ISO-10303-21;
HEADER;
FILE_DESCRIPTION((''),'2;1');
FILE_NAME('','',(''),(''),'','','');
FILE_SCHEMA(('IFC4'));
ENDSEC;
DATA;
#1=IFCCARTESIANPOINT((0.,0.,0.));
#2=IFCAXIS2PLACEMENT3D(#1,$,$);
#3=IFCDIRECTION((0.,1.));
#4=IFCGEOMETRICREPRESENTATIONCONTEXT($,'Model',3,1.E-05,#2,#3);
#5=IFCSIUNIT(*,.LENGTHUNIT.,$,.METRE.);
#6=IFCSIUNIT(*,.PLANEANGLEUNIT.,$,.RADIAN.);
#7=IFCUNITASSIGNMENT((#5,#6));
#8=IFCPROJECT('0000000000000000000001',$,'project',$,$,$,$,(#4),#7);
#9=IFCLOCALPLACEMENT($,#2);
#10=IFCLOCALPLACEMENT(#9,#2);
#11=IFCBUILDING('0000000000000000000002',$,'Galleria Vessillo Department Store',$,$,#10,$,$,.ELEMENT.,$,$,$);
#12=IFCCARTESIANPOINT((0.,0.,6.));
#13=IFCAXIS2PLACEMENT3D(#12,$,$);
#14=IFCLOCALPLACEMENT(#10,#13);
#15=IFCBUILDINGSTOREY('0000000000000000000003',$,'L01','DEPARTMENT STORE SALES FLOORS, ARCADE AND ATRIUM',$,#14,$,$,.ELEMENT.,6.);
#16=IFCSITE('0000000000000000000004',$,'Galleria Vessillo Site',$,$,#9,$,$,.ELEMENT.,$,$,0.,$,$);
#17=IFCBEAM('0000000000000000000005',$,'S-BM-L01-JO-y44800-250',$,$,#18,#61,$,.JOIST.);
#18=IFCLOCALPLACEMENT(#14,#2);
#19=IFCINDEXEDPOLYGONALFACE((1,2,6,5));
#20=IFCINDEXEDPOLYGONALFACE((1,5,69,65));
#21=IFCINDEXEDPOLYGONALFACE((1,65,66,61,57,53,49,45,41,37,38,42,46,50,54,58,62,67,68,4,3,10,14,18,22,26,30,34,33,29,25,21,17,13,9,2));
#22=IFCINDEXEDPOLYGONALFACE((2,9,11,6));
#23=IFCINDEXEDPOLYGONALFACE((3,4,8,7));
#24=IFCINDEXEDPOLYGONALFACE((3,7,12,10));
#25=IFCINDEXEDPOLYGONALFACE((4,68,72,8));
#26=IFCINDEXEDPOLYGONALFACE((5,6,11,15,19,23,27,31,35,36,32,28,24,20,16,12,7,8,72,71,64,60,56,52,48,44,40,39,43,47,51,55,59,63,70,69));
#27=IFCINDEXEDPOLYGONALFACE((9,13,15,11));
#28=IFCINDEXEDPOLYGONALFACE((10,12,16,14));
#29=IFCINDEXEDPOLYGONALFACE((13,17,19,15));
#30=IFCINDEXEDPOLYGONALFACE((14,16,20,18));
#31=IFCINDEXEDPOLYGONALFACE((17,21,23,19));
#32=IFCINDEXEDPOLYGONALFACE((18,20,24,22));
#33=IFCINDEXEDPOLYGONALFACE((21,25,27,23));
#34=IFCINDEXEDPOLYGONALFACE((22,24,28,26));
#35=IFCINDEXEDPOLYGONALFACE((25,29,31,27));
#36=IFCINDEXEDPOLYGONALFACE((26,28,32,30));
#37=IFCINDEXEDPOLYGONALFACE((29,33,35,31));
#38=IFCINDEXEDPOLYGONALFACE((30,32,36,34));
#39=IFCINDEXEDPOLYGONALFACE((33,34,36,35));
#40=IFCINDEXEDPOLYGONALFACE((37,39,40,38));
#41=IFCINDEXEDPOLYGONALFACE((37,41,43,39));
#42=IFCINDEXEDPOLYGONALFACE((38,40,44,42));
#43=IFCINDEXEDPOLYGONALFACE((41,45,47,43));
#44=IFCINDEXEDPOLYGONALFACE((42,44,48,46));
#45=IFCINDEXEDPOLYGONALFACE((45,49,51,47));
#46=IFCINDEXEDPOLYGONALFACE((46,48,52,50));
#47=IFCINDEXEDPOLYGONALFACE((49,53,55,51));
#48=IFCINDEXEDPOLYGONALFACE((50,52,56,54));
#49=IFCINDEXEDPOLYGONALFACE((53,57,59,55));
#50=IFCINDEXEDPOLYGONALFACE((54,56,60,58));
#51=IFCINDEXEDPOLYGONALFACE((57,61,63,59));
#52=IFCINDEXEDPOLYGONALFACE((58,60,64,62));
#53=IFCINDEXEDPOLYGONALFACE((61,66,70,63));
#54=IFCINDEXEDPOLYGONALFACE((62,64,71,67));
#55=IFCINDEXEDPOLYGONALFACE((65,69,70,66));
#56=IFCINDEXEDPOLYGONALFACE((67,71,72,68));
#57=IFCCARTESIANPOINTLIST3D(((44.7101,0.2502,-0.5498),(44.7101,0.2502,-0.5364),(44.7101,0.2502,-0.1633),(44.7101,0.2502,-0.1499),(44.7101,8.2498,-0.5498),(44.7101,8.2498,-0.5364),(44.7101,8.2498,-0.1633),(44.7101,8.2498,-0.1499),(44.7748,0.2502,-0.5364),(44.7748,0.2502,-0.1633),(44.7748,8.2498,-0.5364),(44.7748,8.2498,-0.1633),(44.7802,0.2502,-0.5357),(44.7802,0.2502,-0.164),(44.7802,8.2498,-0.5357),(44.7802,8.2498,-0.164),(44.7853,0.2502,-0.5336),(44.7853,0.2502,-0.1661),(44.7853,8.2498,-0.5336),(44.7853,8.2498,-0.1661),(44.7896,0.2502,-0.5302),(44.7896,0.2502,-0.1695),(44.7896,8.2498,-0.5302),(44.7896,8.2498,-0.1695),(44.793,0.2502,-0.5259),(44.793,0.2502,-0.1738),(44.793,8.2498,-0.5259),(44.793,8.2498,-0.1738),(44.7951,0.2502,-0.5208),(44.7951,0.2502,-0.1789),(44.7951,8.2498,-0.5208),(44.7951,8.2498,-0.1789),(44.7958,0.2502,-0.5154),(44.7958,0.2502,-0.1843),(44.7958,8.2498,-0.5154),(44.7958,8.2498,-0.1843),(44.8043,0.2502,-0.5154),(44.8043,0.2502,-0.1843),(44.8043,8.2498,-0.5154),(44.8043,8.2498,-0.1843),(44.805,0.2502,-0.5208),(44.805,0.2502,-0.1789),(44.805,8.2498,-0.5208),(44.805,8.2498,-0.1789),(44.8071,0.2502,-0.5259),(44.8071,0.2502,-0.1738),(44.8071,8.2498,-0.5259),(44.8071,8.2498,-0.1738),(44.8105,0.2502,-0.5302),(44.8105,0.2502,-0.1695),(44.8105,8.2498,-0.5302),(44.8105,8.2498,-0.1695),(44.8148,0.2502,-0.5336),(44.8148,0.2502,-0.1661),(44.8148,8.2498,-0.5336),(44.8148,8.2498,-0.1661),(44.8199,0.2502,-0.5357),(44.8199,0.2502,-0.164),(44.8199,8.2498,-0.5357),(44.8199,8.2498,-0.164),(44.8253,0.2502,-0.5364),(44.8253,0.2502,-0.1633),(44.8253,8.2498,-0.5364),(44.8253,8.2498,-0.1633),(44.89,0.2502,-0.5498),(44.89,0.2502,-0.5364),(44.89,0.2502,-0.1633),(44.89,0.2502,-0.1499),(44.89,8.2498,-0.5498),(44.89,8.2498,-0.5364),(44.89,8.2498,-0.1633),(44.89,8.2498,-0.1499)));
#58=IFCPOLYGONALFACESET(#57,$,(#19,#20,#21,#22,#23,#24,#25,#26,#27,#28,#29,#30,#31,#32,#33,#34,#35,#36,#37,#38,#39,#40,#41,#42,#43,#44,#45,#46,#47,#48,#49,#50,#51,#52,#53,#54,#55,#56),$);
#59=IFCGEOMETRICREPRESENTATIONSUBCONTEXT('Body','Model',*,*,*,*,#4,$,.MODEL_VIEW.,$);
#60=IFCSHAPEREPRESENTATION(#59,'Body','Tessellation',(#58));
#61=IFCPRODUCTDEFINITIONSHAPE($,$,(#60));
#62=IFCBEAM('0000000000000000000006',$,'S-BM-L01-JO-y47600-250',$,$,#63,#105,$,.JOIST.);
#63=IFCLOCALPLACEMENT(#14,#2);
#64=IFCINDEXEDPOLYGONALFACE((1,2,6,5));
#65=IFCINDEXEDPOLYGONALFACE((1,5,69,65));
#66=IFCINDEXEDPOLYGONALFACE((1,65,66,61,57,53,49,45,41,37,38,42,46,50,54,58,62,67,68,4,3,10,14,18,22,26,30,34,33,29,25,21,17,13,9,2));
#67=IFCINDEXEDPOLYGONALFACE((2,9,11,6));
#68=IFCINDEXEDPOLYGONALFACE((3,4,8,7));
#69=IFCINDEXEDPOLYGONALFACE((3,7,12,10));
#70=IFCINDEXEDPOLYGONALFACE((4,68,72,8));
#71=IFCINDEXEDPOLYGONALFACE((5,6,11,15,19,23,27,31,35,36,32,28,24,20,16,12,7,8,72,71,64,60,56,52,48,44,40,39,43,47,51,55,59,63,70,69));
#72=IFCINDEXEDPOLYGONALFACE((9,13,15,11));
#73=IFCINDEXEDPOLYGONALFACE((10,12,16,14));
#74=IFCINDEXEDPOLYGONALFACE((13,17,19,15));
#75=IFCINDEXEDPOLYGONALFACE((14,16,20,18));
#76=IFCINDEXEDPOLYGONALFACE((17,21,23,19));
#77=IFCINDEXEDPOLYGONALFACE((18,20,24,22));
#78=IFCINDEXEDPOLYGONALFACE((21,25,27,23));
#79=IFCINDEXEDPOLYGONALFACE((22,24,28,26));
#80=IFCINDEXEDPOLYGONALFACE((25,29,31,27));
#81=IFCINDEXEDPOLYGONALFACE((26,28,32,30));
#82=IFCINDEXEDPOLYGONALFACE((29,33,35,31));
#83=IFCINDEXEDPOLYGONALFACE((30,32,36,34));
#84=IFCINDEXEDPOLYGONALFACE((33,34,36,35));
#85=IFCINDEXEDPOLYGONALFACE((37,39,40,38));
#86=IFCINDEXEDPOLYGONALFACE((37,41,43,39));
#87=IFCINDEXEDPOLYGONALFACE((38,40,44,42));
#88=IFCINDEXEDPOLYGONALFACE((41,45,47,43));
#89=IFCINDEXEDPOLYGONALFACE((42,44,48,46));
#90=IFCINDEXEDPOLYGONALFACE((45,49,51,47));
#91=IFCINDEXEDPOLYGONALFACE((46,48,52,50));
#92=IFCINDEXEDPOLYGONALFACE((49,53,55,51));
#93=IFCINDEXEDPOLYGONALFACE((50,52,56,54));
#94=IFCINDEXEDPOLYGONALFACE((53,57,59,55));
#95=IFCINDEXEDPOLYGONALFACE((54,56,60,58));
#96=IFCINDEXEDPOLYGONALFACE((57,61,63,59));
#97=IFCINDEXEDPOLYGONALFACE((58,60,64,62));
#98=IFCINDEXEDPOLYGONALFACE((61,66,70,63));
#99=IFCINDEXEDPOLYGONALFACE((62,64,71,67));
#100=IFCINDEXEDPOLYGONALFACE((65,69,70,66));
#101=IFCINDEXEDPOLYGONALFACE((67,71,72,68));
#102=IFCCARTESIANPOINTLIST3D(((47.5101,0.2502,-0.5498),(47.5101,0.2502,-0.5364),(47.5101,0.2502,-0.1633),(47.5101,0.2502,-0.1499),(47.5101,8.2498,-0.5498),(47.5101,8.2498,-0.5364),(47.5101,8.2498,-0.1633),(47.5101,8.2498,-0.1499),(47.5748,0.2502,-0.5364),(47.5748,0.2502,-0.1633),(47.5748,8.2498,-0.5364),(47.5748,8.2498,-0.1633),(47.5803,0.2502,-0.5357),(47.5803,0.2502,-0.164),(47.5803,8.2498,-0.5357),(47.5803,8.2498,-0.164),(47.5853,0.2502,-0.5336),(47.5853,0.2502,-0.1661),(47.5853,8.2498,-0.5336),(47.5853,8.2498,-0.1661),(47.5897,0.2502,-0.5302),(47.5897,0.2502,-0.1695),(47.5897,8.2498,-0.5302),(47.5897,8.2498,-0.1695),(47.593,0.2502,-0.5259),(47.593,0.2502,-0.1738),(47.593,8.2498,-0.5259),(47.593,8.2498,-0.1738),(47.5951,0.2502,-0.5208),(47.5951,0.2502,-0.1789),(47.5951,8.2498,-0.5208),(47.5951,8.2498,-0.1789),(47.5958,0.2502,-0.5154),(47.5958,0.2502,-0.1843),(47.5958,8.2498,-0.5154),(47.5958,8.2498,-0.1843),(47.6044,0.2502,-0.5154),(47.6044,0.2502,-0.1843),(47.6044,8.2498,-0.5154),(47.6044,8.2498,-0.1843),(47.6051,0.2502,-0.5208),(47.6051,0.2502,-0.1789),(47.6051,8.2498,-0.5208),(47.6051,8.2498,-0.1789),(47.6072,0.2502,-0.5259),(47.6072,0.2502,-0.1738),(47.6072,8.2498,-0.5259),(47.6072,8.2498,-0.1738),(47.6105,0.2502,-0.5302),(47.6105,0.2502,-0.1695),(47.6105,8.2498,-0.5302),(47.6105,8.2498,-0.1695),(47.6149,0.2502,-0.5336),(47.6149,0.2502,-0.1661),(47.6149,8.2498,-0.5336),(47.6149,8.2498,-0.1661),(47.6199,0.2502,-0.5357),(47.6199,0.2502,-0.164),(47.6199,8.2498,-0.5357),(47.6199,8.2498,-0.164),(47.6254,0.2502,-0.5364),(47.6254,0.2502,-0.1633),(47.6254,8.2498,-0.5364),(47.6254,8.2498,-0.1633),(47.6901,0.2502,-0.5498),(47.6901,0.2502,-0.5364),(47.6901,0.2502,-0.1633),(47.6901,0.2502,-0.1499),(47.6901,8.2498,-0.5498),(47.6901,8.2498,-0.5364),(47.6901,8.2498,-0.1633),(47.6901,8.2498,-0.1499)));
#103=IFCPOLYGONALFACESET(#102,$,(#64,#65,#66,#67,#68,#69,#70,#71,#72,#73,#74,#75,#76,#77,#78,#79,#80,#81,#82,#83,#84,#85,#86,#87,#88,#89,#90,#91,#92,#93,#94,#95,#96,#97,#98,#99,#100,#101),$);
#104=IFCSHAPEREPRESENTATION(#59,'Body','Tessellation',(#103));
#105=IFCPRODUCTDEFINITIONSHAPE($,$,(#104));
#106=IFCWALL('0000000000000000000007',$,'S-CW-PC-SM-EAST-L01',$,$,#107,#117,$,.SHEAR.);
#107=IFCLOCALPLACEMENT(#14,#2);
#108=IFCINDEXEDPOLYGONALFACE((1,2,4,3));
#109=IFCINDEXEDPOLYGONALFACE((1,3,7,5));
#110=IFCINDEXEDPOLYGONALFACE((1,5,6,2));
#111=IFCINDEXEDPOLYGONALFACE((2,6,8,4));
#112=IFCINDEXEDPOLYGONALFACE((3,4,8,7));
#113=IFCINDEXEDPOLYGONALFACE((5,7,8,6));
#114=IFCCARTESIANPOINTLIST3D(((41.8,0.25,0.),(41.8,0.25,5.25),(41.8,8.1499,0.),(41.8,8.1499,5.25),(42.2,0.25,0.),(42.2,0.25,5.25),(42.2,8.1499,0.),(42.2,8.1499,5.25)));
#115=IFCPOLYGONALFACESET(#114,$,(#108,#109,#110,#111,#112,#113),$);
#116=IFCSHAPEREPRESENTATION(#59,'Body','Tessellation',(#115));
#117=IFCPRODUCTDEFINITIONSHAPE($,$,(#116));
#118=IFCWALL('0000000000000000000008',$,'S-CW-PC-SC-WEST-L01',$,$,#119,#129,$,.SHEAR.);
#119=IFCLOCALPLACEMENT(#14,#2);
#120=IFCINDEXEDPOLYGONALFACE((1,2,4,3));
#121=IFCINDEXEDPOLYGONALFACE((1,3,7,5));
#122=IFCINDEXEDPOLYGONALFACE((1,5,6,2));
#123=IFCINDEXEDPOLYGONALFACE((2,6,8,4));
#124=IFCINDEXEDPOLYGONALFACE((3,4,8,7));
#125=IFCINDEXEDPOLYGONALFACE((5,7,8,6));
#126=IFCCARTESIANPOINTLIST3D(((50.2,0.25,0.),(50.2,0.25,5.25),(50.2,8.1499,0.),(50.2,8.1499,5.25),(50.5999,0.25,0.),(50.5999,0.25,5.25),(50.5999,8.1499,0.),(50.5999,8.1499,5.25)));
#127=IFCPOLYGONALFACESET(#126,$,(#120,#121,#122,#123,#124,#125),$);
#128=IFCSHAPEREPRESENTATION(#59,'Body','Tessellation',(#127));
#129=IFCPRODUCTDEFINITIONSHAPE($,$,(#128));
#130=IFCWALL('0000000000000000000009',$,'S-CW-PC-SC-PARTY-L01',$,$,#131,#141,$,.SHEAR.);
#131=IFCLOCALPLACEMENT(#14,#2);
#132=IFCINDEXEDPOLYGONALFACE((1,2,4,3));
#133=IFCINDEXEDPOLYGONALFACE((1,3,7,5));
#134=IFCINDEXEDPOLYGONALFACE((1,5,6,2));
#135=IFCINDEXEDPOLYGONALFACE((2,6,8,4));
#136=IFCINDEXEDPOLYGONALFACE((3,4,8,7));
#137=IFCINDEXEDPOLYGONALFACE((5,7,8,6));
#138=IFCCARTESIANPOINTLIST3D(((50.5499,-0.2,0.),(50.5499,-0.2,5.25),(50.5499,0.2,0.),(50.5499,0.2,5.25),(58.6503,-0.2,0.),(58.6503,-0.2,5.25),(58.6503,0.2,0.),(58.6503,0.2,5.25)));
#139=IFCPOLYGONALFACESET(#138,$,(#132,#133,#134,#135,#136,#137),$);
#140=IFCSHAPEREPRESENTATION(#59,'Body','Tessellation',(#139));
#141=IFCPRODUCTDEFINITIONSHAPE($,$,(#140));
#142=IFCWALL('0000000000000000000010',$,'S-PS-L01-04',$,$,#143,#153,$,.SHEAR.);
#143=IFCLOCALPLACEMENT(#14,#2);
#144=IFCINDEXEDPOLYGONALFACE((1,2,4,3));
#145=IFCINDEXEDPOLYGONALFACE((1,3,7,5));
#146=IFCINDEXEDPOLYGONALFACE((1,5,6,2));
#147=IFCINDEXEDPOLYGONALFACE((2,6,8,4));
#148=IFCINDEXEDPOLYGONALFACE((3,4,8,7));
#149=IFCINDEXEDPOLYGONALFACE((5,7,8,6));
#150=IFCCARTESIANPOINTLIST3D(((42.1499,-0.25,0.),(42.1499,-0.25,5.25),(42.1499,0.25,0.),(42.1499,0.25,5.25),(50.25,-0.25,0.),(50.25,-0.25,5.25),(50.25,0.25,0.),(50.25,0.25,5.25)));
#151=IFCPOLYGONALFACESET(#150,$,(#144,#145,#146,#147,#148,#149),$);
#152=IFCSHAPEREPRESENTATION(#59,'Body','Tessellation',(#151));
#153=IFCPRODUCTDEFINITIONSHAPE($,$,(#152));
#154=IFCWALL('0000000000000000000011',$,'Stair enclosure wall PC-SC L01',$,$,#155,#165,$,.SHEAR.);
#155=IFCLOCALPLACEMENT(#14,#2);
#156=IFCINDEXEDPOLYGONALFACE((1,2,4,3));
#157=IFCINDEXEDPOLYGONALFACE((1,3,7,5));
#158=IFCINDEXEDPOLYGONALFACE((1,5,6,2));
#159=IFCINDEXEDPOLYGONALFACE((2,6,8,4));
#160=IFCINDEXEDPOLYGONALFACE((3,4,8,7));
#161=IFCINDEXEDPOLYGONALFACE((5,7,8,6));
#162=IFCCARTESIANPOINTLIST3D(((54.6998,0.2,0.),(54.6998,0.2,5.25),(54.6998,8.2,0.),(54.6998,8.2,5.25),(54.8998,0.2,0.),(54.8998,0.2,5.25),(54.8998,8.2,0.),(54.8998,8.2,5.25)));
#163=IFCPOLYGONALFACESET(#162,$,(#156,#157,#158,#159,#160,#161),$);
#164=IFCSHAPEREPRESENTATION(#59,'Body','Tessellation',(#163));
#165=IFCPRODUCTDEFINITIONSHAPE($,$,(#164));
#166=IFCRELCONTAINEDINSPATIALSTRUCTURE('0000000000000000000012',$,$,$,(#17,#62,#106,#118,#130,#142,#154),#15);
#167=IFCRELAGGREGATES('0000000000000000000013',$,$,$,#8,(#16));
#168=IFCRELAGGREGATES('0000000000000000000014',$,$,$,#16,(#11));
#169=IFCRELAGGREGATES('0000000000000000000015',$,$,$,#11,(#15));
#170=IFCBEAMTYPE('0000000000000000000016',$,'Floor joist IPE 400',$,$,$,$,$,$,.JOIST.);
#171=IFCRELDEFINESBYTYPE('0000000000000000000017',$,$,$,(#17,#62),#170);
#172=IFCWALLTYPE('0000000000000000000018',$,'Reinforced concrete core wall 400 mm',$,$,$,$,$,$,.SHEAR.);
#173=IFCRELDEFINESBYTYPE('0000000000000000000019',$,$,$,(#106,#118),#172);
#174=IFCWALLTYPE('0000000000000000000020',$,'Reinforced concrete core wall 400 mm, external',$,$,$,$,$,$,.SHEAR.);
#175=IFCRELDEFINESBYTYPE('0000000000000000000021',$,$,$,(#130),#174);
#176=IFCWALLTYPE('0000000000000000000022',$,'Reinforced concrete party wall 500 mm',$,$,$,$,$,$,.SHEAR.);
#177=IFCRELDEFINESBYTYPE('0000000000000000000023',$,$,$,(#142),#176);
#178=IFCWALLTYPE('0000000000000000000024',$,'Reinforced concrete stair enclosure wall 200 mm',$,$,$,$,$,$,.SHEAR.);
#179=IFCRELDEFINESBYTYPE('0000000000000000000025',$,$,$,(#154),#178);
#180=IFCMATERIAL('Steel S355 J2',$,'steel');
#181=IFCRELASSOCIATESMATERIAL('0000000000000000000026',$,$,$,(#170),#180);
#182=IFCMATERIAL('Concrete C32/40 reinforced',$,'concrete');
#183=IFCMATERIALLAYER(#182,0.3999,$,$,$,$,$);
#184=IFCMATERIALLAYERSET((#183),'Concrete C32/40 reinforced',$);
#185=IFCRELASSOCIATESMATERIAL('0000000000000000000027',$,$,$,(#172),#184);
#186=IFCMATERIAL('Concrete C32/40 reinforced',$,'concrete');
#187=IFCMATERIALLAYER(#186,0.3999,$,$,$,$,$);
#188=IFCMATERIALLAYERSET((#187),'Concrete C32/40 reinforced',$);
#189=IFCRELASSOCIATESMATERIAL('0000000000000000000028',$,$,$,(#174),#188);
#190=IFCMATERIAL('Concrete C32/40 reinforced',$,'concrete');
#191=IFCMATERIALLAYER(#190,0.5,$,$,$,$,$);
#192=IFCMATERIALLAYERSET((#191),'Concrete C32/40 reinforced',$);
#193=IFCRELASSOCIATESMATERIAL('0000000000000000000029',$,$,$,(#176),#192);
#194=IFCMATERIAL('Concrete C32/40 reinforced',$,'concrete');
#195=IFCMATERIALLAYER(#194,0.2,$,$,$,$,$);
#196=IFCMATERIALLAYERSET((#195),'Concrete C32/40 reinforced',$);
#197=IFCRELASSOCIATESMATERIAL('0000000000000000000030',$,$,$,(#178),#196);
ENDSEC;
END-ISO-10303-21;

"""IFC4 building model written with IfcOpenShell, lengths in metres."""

from ifc_helpers import new_model, si_unit, direction, frame, frame_2d, origin, origin_2d, place, context, subcontext, project, spatial, rectangle, i_section, extrude, material, layer, layer_set, material_profile, profile_set, type_object, element, save


model = new_model("IFC4")

# Units and contexts
model_context = context("Model", 3, precision=1e-05, world=origin(), true_north=direction((0.0, 1.0)))
body_context = subcontext(model_context, "Body", "Model", "MODEL_VIEW")
ifc_project = project(units=[si_unit("LENGTHUNIT", "METRE"), si_unit("PLANEANGLEUNIT", "RADIAN")], contexts=[model_context])

# Site, building, storey
site_placement = place(None, origin())
site = spatial("IfcSite", under=ifc_project, at=site_placement, Name="Galleria Vessillo Site", CompositionType="ELEMENT", RefElevation=0.0)
building_placement = place(site_placement, origin())
building = spatial("IfcBuilding", under=site, at=building_placement, Name="Galleria Vessillo Department Store", CompositionType="ELEMENT")
storey_placement = place(building_placement, frame((0.0, 0.0, 6.0)))
storey = spatial("IfcBuildingStorey", under=building, at=storey_placement, Name="L01", Description="DEPARTMENT STORE SALES FLOORS, ARCADE AND ATRIUM", CompositionType="ELEMENT", Elevation=6.0)

# Beams
ifc_material_1 = material(Name="Steel S355 J2", Category="steel")
ifc_material_profile_1 = material_profile(ifc_material_1, i_section(OverallWidth=0.1799, OverallDepth=0.3999, WebThickness=0.0085, FlangeThickness=0.0134, FilletRadius=0.021, at=origin_2d()), Name="IPE 400")
ifc_profile_set_1 = profile_set([ifc_material_profile_1], Name="Steel S355 J2")
beam_type_1 = type_object("IfcBeamType", Name="Floor joist IPE 400", PredefinedType="JOIST", material=ifc_profile_set_1)
for number, where, z_axis, x_axis, name in (
    (1, (44.8, 0.2502, -0.3499), (0.0, 1.0, 0.0), (-1.0, 0.0, 0.0), "S-BM-L01-JO-y44800-250"),
    (2, (47.6001, 0.2502, -0.3499), (0.0, 1.0, 0.0), (-1.0, 0.0, 0.0), "S-BM-L01-JO-y47600-250"),
):
    element("IfcBeam", number, at=place(storey_placement, frame(where, z_axis=z_axis, x_axis=x_axis)), inside=storey, type_object=beam_type_1, Name=name, PredefinedType="JOIST", context=body_context, shape_type="SweptSolid", body=[
        extrude(i_section(OverallWidth=0.1799, OverallDepth=0.3999, WebThickness=0.0085, FlangeThickness=0.0134, FilletRadius=0.021, at=origin_2d()), origin(), (0.0, 0.0, 1.0), 7.9995),
    ])

# Walls
ifc_material_2 = material(Name="Concrete C32/40 reinforced", Category="concrete")
ifc_layer_1 = layer(ifc_material_2, 0.3999)
ifc_layer_set_1 = layer_set([ifc_layer_1], Name="Concrete C32/40 reinforced")
wall_type_1 = type_object("IfcWallType", Name="Reinforced concrete core wall 400 mm", PredefinedType="SHEAR", material=ifc_layer_set_1)
for number, where, z_axis, x_axis, name in (
    (3, (42.0, 0.25, 0.0), (0.0, 0.0, 1.0), (0.0, 1.0, 0.0), "S-CW-PC-SM-EAST-L01"),
    (4, (50.3999, 0.25, 0.0), (0.0, 0.0, 1.0), (0.0, 1.0, 0.0), "S-CW-PC-SC-WEST-L01"),
):
    element("IfcWall", number, at=place(storey_placement, frame(where, z_axis=z_axis, x_axis=x_axis)), inside=storey, type_object=wall_type_1, Name=name, PredefinedType="SHEAR", context=body_context, shape_type="SweptSolid", body=[
        extrude(rectangle(XDim=7.8999, YDim=0.3999, at=frame_2d((3.95, 0.0))), origin(), (0.0, 0.0, 1.0), 5.25),
    ])
ifc_material_3 = material(Name="Concrete C32/40 reinforced", Category="concrete")
ifc_layer_2 = layer(ifc_material_3, 0.3999)
ifc_layer_set_2 = layer_set([ifc_layer_2], Name="Concrete C32/40 reinforced")
wall_type_2 = type_object("IfcWallType", Name="Reinforced concrete core wall 400 mm, external", PredefinedType="SHEAR", material=ifc_layer_set_2)
wall_1_placement = place(storey_placement, frame((50.5498, 0.0, 0.0), z_axis=(0.0, 0.0, 1.0), x_axis=(1.0, 0.0, 0.0)))
element("IfcWall", 5, at=wall_1_placement, inside=storey, type_object=wall_type_2, Name="S-CW-PC-SC-PARTY-L01", PredefinedType="SHEAR", context=body_context, shape_type="SweptSolid", body=[
    extrude(rectangle(XDim=8.1003, YDim=0.3999, at=frame_2d((4.0503, 0.0))), origin(), (0.0, 0.0, 1.0), 5.25),
])
ifc_material_4 = material(Name="Concrete C32/40 reinforced", Category="concrete")
ifc_layer_3 = layer(ifc_material_4, 0.5)
ifc_layer_set_3 = layer_set([ifc_layer_3], Name="Concrete C32/40 reinforced")
wall_type_3 = type_object("IfcWallType", Name="Reinforced concrete party wall 500 mm", PredefinedType="SHEAR", material=ifc_layer_set_3)
wall_2_placement = place(storey_placement, frame((42.1499, 0.0, 0.0), z_axis=(0.0, 0.0, 1.0), x_axis=(1.0, 0.0, 0.0)))
element("IfcWall", 6, at=wall_2_placement, inside=storey, type_object=wall_type_3, Name="S-PS-L01-04", PredefinedType="SHEAR", context=body_context, shape_type="SweptSolid", body=[
    extrude(rectangle(XDim=8.1001, YDim=0.5, at=frame_2d((4.05, 0.0))), origin(), (0.0, 0.0, 1.0), 5.25),
])
ifc_material_5 = material(Name="Concrete C32/40 reinforced", Category="concrete")
ifc_layer_4 = layer(ifc_material_5, 0.2)
ifc_layer_set_4 = layer_set([ifc_layer_4], Name="Concrete C32/40 reinforced")
wall_type_4 = type_object("IfcWallType", Name="Reinforced concrete stair enclosure wall 200 mm", PredefinedType="SHEAR", material=ifc_layer_set_4)
wall_3_placement = place(storey_placement, frame((54.7998, 0.2, 0.0), z_axis=(0.0, 0.0, 1.0), x_axis=(0.0, 1.0, 0.0)))
element("IfcWall", 7, at=wall_3_placement, inside=storey, type_object=wall_type_4, Name="Stair enclosure wall PC-SC L01", PredefinedType="SHEAR", context=body_context, shape_type="SweptSolid", body=[
    extrude(rectangle(XDim=8.0, YDim=0.2, at=frame_2d((4.0, 0.0))), origin(), (0.0, 0.0, 1.0), 5.25),
])

save(model, "model.ifc")
